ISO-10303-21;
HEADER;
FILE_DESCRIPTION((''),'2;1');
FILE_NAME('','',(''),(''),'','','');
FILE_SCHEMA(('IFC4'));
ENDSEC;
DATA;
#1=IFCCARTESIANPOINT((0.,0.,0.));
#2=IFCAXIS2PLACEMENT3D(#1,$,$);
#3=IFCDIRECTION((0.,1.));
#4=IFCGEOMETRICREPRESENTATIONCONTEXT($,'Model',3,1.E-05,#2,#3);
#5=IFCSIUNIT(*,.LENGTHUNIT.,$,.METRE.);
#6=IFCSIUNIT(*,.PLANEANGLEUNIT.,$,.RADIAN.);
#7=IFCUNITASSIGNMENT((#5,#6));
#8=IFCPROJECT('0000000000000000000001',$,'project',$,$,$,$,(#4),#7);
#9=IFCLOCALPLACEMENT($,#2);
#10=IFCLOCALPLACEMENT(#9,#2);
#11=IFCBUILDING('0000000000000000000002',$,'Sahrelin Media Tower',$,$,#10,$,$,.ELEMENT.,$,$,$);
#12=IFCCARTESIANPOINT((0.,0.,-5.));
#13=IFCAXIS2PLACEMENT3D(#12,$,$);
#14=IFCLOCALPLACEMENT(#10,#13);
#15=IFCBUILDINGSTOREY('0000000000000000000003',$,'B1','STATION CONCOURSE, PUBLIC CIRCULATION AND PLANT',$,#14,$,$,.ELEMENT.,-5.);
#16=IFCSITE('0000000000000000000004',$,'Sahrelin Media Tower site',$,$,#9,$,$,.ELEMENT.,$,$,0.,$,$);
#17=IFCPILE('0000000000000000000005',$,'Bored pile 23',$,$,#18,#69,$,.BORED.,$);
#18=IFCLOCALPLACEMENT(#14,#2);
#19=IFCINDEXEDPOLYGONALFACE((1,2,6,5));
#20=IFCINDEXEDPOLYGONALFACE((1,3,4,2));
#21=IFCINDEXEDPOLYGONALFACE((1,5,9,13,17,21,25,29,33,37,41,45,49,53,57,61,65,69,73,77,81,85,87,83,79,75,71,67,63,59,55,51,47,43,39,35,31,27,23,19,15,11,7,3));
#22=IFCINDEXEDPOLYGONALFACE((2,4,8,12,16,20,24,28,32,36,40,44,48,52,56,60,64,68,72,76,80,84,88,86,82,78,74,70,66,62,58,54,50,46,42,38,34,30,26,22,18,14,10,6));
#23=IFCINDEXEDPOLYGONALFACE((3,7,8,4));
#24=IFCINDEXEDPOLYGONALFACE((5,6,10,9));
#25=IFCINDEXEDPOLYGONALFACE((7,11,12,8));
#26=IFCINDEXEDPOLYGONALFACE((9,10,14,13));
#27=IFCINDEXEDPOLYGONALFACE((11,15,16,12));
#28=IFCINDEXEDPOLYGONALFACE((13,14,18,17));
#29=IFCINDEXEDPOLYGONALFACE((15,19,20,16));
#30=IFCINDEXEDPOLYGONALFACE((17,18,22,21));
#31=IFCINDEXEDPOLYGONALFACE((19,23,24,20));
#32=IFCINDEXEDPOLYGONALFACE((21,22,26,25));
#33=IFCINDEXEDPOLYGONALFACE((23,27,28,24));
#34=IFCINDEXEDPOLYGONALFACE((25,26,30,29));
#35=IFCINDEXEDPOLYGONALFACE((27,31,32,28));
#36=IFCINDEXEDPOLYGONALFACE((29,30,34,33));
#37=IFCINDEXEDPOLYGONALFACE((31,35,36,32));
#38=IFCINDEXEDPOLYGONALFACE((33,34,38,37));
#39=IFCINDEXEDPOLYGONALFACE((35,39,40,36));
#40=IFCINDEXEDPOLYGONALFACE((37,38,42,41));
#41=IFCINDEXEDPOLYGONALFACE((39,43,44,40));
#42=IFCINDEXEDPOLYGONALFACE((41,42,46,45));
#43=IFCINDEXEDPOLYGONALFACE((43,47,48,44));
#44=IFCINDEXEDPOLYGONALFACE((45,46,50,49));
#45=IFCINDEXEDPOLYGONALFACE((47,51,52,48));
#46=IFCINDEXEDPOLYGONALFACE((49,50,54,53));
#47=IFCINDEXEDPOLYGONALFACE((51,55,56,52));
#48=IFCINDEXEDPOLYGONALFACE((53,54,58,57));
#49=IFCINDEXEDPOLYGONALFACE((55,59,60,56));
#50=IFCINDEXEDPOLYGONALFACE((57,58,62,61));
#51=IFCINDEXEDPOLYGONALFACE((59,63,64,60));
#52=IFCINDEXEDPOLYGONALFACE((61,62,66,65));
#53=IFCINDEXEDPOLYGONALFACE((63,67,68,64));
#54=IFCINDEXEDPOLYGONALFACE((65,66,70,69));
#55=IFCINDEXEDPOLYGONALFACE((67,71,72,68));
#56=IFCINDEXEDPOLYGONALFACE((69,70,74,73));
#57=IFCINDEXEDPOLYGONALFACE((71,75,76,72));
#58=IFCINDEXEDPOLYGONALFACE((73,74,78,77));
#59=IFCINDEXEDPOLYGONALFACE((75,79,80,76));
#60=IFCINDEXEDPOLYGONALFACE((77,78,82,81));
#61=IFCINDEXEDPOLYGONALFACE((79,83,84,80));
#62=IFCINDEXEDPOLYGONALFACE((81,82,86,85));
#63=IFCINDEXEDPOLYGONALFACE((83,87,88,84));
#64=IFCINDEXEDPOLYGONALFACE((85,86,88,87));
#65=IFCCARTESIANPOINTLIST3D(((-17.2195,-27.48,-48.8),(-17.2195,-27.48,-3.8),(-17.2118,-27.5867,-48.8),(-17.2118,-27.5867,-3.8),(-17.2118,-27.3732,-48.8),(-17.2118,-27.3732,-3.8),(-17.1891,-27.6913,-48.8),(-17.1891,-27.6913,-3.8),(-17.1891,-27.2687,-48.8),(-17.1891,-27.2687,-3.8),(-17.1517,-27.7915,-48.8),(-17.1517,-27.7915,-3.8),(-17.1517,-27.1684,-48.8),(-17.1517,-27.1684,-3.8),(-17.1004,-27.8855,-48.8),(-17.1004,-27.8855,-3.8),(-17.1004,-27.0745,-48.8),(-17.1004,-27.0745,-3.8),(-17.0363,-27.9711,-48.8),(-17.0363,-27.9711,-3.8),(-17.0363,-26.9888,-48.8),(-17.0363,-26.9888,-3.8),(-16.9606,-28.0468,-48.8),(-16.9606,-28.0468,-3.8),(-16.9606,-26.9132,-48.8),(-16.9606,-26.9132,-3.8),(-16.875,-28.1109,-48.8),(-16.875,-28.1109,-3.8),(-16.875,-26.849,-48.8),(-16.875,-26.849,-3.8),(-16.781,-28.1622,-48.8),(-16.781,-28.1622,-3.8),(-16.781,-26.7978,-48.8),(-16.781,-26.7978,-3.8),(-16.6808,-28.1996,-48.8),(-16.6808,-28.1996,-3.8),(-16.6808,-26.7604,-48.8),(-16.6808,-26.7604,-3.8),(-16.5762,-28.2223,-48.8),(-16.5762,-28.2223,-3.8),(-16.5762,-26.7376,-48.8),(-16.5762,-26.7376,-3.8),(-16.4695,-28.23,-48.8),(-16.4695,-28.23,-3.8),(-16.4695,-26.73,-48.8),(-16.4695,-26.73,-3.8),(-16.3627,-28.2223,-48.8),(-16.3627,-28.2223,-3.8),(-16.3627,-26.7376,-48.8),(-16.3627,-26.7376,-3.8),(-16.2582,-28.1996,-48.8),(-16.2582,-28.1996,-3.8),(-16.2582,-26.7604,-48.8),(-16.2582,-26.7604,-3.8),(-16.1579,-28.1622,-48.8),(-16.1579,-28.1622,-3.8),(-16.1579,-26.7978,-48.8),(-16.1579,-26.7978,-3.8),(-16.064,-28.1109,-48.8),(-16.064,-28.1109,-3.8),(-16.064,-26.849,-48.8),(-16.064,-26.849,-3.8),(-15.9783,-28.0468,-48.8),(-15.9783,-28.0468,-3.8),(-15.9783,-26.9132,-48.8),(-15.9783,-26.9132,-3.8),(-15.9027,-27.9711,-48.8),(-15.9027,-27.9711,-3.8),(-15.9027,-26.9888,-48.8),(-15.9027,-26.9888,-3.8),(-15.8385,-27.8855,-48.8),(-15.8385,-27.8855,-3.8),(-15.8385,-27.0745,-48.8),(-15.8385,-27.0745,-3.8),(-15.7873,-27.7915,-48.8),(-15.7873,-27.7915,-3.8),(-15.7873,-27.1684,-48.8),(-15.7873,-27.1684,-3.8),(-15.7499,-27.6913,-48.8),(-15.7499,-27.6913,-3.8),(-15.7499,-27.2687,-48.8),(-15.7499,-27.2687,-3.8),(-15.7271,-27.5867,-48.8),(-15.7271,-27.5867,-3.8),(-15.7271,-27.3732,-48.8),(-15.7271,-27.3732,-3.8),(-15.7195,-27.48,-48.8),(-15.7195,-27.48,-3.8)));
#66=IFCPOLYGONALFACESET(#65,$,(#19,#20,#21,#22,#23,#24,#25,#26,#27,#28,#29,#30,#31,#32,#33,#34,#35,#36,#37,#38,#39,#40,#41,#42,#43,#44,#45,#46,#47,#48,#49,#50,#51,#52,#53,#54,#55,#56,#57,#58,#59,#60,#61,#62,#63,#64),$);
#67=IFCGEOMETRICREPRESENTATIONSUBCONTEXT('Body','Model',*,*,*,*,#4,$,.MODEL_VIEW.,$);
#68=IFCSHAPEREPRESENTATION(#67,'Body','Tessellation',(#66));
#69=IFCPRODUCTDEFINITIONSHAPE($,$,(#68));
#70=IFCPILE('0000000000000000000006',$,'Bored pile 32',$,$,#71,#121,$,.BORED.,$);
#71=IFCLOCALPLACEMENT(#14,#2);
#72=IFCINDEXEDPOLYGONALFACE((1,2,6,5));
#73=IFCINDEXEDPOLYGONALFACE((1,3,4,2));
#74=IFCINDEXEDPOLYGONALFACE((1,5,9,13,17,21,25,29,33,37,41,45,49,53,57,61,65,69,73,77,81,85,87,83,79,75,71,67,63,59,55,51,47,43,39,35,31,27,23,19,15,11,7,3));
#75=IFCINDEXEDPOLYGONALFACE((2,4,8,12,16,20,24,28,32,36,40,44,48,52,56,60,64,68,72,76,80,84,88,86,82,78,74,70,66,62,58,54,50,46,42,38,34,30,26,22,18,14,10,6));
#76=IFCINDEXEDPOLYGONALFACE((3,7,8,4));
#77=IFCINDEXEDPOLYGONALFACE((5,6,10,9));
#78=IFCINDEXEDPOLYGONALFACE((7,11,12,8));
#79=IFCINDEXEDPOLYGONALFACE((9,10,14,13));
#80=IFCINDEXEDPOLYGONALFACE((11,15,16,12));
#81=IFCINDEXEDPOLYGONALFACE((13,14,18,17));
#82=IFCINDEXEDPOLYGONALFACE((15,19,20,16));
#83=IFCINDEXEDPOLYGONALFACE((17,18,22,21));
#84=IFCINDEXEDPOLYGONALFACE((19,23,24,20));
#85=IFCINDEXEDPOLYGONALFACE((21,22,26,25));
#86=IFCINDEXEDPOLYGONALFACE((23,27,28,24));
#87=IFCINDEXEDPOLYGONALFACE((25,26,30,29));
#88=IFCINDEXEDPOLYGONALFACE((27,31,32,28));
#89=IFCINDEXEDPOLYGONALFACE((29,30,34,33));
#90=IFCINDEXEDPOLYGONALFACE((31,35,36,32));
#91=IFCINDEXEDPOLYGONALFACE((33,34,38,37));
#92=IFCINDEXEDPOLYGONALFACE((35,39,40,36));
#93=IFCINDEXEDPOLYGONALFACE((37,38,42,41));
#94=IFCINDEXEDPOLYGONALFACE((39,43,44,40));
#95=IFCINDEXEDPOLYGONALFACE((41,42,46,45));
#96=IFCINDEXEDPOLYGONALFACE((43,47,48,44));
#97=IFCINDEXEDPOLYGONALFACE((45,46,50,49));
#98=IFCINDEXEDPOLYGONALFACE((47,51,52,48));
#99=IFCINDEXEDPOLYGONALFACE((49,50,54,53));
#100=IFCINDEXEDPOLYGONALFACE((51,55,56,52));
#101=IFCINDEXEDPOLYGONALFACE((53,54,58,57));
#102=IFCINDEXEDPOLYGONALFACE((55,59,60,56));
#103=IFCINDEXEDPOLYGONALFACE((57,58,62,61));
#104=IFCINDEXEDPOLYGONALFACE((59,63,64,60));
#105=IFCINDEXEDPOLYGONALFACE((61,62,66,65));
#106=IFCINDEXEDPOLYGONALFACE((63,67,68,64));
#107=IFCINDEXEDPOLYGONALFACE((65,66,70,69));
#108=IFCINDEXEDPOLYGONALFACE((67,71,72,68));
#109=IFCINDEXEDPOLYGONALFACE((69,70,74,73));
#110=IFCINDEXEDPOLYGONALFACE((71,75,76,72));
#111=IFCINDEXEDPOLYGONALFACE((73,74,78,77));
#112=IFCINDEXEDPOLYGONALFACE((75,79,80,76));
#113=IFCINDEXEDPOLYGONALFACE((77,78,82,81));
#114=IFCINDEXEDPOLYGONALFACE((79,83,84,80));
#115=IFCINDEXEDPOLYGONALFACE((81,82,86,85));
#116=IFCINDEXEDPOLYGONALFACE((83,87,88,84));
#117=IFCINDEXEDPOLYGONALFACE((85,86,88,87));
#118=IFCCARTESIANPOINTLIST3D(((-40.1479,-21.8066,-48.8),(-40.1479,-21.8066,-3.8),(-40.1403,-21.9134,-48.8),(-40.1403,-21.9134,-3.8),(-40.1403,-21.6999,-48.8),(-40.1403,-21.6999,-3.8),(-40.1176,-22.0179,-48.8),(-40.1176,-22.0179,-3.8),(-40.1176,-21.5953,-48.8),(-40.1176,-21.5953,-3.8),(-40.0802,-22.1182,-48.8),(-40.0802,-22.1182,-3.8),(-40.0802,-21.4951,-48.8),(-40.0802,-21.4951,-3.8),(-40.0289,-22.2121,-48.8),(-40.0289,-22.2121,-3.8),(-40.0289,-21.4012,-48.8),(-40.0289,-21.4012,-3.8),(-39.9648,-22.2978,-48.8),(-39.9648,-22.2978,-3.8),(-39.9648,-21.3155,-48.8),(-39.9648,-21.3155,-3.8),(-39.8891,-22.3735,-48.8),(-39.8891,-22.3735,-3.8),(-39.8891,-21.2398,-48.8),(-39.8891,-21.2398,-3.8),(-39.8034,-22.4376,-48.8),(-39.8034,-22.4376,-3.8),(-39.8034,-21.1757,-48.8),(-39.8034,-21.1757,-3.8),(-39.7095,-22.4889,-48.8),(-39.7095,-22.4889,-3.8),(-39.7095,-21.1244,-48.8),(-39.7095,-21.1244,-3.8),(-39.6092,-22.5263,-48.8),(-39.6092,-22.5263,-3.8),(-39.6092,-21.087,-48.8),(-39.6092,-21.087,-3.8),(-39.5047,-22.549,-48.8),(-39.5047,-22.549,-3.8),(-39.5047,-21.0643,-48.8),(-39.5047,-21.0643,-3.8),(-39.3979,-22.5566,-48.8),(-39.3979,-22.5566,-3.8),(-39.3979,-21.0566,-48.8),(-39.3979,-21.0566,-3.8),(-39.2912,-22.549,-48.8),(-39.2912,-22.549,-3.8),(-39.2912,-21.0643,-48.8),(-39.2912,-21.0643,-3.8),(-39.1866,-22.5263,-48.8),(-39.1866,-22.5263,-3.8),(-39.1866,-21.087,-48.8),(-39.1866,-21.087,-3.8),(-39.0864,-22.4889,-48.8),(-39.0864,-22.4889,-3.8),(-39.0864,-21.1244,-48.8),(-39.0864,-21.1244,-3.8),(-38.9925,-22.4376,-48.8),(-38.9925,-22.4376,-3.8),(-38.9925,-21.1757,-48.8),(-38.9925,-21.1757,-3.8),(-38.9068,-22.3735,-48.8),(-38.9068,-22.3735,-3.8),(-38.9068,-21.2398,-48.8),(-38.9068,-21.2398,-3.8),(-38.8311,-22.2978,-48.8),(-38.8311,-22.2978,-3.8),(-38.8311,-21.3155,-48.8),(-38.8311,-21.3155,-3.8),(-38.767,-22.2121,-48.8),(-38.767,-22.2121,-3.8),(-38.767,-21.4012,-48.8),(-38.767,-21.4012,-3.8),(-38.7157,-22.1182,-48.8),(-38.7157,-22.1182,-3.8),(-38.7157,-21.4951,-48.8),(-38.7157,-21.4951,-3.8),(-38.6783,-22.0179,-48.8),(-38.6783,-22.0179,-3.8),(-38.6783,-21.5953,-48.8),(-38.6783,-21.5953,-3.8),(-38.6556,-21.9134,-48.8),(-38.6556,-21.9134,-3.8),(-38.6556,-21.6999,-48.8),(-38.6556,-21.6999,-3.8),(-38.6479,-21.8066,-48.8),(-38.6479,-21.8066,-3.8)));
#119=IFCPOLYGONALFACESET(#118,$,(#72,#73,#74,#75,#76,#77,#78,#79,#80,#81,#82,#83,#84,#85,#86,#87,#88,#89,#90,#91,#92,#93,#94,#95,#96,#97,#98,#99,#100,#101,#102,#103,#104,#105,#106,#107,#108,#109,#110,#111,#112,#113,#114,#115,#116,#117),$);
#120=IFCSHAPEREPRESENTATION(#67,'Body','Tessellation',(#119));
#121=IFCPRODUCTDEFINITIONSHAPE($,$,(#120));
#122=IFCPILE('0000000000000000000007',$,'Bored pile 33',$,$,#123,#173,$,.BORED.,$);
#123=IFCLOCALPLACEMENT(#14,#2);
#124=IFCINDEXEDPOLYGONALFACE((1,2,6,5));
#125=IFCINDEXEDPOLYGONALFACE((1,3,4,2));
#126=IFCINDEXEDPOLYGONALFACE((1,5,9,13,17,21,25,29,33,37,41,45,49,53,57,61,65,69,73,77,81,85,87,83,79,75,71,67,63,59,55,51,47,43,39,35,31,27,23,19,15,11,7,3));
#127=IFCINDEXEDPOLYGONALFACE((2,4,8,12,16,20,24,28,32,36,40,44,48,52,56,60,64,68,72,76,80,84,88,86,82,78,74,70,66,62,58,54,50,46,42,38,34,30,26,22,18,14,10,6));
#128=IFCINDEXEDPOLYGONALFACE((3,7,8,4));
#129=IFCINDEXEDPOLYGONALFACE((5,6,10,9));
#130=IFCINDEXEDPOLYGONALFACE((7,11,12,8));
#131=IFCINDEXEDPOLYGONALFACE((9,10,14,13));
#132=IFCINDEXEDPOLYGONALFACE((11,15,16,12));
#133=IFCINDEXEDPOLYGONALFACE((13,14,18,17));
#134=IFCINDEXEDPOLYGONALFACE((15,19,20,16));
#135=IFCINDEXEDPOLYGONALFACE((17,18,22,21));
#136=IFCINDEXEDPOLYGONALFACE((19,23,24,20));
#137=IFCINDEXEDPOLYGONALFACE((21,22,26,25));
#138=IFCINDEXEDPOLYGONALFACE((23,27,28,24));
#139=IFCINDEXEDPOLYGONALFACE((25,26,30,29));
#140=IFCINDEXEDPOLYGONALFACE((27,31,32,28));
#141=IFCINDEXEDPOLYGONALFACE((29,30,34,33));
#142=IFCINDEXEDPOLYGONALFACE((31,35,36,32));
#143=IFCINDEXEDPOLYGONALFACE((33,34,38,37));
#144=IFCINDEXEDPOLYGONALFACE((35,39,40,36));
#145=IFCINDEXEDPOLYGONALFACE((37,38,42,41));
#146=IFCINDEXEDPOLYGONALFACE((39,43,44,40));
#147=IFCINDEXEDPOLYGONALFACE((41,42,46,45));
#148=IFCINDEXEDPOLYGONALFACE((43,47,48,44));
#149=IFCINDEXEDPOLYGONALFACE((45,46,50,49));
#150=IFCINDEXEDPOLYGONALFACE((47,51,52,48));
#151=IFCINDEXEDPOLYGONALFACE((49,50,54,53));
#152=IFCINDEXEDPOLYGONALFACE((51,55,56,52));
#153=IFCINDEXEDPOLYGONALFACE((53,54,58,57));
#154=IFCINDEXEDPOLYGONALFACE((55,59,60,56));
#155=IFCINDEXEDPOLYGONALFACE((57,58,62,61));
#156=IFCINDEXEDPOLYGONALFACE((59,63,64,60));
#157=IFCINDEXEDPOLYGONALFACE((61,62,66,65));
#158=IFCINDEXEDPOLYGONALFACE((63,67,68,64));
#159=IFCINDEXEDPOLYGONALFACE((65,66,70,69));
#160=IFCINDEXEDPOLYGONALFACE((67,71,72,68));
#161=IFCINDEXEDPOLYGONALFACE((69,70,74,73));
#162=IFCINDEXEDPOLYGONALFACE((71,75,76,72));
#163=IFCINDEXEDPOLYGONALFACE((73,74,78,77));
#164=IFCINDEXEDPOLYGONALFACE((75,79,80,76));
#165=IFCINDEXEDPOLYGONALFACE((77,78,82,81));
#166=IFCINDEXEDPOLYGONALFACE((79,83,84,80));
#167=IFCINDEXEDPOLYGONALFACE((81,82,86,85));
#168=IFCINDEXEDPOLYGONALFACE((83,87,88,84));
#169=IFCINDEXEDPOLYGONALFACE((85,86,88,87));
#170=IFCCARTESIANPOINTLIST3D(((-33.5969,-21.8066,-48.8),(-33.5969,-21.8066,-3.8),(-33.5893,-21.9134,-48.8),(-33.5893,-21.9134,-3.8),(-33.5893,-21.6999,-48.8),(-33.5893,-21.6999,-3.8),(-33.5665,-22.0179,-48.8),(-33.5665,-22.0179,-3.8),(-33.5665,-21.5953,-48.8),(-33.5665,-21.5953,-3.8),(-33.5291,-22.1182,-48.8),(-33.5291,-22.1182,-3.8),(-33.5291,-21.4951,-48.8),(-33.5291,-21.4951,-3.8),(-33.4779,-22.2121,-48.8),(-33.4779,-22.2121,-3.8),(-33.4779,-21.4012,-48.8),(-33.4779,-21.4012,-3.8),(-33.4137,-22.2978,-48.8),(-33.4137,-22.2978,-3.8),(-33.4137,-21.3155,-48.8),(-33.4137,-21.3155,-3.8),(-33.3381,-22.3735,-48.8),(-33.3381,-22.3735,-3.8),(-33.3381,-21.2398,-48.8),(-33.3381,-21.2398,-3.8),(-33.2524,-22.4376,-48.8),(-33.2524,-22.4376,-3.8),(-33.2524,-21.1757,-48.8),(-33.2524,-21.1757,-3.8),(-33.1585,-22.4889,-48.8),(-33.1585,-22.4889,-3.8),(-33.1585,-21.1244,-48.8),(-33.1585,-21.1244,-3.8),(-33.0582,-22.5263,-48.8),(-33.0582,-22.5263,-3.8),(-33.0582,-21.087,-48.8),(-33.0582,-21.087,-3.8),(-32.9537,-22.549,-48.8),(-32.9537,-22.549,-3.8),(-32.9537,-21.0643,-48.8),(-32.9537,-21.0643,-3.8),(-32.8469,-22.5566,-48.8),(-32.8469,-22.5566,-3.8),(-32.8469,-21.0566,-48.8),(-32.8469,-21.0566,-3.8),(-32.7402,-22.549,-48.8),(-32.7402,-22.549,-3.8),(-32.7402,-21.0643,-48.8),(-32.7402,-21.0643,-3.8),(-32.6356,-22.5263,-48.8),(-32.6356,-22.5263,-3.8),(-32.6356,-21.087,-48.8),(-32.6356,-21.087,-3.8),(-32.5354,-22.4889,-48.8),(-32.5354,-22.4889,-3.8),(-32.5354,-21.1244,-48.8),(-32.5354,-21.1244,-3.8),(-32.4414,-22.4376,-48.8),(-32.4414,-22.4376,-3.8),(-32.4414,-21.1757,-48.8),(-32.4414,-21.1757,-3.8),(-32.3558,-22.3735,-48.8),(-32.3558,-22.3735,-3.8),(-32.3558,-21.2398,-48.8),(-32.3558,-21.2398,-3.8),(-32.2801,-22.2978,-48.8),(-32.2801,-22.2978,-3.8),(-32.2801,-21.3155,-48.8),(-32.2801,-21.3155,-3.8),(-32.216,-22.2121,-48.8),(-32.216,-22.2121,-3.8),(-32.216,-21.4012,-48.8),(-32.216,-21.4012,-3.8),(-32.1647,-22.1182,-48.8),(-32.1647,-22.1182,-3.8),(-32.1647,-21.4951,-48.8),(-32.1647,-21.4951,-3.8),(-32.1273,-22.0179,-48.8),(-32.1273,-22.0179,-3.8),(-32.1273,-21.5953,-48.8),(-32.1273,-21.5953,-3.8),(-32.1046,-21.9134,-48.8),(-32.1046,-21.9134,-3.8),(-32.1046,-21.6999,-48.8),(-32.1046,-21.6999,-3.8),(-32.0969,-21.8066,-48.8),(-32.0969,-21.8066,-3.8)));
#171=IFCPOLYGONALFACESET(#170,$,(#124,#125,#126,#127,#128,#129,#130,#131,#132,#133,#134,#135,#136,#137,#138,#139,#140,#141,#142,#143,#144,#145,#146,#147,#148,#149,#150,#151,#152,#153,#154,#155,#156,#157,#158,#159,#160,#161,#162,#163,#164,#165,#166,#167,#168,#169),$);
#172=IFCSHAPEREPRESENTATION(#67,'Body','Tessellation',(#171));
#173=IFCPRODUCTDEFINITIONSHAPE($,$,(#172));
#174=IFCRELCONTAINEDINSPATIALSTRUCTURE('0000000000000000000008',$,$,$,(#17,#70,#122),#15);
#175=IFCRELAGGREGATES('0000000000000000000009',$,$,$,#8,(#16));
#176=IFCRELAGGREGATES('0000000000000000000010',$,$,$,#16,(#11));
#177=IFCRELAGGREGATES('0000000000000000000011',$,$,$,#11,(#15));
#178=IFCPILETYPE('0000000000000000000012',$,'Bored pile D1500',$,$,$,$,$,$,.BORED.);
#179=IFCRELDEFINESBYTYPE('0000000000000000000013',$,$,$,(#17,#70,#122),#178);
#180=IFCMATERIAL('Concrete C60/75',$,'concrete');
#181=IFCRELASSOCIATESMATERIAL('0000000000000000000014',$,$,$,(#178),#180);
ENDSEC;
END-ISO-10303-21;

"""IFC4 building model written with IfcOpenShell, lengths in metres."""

from ifc_helpers import new_model, si_unit, direction, frame, origin, origin_2d, place, context, subcontext, project, spatial, circle, extrude, material, material_profile, profile_set, type_object, element, save


model = new_model("IFC4")

# Units and contexts
model_context = context("Model", 3, precision=1e-05, world=origin(), true_north=direction((0.0, 1.0)))
body_context = subcontext(model_context, "Body", "Model", "MODEL_VIEW")
ifc_project = project(units=[si_unit("LENGTHUNIT", "METRE"), si_unit("PLANEANGLEUNIT", "RADIAN")], contexts=[model_context])

# Site, building, storey
site_placement = place(None, origin())
site = spatial("IfcSite", under=ifc_project, at=site_placement, Name="Sahrelin Media Tower site", CompositionType="ELEMENT", RefElevation=0.0)
building_placement = place(site_placement, origin())
building = spatial("IfcBuilding", under=site, at=building_placement, Name="Sahrelin Media Tower", CompositionType="ELEMENT")
storey_placement = place(building_placement, frame((0.0, 0.0, -5.0)))
storey = spatial("IfcBuildingStorey", under=building, at=storey_placement, Name="B1", Description="STATION CONCOURSE, PUBLIC CIRCULATION AND PLANT", CompositionType="ELEMENT", Elevation=-5.0)

# Piles
ifc_material_1 = material(Name="Concrete C60/75", Category="concrete")
ifc_material_profile_1 = material_profile(ifc_material_1, circle(Radius=0.75, at=origin_2d()), Name="Bored pile D1500")
ifc_profile_set_1 = profile_set([ifc_material_profile_1], Name="Concrete C60/75")
pile_type = type_object("IfcPileType", Name="Bored pile D1500", PredefinedType="BORED", material=ifc_profile_set_1)
for number, where, z_axis, x_axis, name in (
    (1, (-16.4695, -27.48, -3.8), (0.0, 0.0, -1.0), (1.0, 0.0, 0.0), "Bored pile 23"),
    (2, (-39.3979, -21.8066, -3.8), (0.0, 0.0, -1.0), (1.0, 0.0, 0.0), "Bored pile 32"),
    (3, (-32.8469, -21.8066, -3.8), (0.0, 0.0, -1.0), (1.0, 0.0, 0.0), "Bored pile 33"),
):
    element("IfcPile", number, at=place(storey_placement, frame(where, z_axis=z_axis, x_axis=x_axis)), inside=storey, type_object=pile_type, Name=name, PredefinedType="BORED", context=body_context, shape_type="SweptSolid", body=[
        extrude(circle(Radius=0.75, at=origin_2d()), origin(), (0.0, 0.0, 1.0), 45.0),
    ])

save(model, "model.ifc")
